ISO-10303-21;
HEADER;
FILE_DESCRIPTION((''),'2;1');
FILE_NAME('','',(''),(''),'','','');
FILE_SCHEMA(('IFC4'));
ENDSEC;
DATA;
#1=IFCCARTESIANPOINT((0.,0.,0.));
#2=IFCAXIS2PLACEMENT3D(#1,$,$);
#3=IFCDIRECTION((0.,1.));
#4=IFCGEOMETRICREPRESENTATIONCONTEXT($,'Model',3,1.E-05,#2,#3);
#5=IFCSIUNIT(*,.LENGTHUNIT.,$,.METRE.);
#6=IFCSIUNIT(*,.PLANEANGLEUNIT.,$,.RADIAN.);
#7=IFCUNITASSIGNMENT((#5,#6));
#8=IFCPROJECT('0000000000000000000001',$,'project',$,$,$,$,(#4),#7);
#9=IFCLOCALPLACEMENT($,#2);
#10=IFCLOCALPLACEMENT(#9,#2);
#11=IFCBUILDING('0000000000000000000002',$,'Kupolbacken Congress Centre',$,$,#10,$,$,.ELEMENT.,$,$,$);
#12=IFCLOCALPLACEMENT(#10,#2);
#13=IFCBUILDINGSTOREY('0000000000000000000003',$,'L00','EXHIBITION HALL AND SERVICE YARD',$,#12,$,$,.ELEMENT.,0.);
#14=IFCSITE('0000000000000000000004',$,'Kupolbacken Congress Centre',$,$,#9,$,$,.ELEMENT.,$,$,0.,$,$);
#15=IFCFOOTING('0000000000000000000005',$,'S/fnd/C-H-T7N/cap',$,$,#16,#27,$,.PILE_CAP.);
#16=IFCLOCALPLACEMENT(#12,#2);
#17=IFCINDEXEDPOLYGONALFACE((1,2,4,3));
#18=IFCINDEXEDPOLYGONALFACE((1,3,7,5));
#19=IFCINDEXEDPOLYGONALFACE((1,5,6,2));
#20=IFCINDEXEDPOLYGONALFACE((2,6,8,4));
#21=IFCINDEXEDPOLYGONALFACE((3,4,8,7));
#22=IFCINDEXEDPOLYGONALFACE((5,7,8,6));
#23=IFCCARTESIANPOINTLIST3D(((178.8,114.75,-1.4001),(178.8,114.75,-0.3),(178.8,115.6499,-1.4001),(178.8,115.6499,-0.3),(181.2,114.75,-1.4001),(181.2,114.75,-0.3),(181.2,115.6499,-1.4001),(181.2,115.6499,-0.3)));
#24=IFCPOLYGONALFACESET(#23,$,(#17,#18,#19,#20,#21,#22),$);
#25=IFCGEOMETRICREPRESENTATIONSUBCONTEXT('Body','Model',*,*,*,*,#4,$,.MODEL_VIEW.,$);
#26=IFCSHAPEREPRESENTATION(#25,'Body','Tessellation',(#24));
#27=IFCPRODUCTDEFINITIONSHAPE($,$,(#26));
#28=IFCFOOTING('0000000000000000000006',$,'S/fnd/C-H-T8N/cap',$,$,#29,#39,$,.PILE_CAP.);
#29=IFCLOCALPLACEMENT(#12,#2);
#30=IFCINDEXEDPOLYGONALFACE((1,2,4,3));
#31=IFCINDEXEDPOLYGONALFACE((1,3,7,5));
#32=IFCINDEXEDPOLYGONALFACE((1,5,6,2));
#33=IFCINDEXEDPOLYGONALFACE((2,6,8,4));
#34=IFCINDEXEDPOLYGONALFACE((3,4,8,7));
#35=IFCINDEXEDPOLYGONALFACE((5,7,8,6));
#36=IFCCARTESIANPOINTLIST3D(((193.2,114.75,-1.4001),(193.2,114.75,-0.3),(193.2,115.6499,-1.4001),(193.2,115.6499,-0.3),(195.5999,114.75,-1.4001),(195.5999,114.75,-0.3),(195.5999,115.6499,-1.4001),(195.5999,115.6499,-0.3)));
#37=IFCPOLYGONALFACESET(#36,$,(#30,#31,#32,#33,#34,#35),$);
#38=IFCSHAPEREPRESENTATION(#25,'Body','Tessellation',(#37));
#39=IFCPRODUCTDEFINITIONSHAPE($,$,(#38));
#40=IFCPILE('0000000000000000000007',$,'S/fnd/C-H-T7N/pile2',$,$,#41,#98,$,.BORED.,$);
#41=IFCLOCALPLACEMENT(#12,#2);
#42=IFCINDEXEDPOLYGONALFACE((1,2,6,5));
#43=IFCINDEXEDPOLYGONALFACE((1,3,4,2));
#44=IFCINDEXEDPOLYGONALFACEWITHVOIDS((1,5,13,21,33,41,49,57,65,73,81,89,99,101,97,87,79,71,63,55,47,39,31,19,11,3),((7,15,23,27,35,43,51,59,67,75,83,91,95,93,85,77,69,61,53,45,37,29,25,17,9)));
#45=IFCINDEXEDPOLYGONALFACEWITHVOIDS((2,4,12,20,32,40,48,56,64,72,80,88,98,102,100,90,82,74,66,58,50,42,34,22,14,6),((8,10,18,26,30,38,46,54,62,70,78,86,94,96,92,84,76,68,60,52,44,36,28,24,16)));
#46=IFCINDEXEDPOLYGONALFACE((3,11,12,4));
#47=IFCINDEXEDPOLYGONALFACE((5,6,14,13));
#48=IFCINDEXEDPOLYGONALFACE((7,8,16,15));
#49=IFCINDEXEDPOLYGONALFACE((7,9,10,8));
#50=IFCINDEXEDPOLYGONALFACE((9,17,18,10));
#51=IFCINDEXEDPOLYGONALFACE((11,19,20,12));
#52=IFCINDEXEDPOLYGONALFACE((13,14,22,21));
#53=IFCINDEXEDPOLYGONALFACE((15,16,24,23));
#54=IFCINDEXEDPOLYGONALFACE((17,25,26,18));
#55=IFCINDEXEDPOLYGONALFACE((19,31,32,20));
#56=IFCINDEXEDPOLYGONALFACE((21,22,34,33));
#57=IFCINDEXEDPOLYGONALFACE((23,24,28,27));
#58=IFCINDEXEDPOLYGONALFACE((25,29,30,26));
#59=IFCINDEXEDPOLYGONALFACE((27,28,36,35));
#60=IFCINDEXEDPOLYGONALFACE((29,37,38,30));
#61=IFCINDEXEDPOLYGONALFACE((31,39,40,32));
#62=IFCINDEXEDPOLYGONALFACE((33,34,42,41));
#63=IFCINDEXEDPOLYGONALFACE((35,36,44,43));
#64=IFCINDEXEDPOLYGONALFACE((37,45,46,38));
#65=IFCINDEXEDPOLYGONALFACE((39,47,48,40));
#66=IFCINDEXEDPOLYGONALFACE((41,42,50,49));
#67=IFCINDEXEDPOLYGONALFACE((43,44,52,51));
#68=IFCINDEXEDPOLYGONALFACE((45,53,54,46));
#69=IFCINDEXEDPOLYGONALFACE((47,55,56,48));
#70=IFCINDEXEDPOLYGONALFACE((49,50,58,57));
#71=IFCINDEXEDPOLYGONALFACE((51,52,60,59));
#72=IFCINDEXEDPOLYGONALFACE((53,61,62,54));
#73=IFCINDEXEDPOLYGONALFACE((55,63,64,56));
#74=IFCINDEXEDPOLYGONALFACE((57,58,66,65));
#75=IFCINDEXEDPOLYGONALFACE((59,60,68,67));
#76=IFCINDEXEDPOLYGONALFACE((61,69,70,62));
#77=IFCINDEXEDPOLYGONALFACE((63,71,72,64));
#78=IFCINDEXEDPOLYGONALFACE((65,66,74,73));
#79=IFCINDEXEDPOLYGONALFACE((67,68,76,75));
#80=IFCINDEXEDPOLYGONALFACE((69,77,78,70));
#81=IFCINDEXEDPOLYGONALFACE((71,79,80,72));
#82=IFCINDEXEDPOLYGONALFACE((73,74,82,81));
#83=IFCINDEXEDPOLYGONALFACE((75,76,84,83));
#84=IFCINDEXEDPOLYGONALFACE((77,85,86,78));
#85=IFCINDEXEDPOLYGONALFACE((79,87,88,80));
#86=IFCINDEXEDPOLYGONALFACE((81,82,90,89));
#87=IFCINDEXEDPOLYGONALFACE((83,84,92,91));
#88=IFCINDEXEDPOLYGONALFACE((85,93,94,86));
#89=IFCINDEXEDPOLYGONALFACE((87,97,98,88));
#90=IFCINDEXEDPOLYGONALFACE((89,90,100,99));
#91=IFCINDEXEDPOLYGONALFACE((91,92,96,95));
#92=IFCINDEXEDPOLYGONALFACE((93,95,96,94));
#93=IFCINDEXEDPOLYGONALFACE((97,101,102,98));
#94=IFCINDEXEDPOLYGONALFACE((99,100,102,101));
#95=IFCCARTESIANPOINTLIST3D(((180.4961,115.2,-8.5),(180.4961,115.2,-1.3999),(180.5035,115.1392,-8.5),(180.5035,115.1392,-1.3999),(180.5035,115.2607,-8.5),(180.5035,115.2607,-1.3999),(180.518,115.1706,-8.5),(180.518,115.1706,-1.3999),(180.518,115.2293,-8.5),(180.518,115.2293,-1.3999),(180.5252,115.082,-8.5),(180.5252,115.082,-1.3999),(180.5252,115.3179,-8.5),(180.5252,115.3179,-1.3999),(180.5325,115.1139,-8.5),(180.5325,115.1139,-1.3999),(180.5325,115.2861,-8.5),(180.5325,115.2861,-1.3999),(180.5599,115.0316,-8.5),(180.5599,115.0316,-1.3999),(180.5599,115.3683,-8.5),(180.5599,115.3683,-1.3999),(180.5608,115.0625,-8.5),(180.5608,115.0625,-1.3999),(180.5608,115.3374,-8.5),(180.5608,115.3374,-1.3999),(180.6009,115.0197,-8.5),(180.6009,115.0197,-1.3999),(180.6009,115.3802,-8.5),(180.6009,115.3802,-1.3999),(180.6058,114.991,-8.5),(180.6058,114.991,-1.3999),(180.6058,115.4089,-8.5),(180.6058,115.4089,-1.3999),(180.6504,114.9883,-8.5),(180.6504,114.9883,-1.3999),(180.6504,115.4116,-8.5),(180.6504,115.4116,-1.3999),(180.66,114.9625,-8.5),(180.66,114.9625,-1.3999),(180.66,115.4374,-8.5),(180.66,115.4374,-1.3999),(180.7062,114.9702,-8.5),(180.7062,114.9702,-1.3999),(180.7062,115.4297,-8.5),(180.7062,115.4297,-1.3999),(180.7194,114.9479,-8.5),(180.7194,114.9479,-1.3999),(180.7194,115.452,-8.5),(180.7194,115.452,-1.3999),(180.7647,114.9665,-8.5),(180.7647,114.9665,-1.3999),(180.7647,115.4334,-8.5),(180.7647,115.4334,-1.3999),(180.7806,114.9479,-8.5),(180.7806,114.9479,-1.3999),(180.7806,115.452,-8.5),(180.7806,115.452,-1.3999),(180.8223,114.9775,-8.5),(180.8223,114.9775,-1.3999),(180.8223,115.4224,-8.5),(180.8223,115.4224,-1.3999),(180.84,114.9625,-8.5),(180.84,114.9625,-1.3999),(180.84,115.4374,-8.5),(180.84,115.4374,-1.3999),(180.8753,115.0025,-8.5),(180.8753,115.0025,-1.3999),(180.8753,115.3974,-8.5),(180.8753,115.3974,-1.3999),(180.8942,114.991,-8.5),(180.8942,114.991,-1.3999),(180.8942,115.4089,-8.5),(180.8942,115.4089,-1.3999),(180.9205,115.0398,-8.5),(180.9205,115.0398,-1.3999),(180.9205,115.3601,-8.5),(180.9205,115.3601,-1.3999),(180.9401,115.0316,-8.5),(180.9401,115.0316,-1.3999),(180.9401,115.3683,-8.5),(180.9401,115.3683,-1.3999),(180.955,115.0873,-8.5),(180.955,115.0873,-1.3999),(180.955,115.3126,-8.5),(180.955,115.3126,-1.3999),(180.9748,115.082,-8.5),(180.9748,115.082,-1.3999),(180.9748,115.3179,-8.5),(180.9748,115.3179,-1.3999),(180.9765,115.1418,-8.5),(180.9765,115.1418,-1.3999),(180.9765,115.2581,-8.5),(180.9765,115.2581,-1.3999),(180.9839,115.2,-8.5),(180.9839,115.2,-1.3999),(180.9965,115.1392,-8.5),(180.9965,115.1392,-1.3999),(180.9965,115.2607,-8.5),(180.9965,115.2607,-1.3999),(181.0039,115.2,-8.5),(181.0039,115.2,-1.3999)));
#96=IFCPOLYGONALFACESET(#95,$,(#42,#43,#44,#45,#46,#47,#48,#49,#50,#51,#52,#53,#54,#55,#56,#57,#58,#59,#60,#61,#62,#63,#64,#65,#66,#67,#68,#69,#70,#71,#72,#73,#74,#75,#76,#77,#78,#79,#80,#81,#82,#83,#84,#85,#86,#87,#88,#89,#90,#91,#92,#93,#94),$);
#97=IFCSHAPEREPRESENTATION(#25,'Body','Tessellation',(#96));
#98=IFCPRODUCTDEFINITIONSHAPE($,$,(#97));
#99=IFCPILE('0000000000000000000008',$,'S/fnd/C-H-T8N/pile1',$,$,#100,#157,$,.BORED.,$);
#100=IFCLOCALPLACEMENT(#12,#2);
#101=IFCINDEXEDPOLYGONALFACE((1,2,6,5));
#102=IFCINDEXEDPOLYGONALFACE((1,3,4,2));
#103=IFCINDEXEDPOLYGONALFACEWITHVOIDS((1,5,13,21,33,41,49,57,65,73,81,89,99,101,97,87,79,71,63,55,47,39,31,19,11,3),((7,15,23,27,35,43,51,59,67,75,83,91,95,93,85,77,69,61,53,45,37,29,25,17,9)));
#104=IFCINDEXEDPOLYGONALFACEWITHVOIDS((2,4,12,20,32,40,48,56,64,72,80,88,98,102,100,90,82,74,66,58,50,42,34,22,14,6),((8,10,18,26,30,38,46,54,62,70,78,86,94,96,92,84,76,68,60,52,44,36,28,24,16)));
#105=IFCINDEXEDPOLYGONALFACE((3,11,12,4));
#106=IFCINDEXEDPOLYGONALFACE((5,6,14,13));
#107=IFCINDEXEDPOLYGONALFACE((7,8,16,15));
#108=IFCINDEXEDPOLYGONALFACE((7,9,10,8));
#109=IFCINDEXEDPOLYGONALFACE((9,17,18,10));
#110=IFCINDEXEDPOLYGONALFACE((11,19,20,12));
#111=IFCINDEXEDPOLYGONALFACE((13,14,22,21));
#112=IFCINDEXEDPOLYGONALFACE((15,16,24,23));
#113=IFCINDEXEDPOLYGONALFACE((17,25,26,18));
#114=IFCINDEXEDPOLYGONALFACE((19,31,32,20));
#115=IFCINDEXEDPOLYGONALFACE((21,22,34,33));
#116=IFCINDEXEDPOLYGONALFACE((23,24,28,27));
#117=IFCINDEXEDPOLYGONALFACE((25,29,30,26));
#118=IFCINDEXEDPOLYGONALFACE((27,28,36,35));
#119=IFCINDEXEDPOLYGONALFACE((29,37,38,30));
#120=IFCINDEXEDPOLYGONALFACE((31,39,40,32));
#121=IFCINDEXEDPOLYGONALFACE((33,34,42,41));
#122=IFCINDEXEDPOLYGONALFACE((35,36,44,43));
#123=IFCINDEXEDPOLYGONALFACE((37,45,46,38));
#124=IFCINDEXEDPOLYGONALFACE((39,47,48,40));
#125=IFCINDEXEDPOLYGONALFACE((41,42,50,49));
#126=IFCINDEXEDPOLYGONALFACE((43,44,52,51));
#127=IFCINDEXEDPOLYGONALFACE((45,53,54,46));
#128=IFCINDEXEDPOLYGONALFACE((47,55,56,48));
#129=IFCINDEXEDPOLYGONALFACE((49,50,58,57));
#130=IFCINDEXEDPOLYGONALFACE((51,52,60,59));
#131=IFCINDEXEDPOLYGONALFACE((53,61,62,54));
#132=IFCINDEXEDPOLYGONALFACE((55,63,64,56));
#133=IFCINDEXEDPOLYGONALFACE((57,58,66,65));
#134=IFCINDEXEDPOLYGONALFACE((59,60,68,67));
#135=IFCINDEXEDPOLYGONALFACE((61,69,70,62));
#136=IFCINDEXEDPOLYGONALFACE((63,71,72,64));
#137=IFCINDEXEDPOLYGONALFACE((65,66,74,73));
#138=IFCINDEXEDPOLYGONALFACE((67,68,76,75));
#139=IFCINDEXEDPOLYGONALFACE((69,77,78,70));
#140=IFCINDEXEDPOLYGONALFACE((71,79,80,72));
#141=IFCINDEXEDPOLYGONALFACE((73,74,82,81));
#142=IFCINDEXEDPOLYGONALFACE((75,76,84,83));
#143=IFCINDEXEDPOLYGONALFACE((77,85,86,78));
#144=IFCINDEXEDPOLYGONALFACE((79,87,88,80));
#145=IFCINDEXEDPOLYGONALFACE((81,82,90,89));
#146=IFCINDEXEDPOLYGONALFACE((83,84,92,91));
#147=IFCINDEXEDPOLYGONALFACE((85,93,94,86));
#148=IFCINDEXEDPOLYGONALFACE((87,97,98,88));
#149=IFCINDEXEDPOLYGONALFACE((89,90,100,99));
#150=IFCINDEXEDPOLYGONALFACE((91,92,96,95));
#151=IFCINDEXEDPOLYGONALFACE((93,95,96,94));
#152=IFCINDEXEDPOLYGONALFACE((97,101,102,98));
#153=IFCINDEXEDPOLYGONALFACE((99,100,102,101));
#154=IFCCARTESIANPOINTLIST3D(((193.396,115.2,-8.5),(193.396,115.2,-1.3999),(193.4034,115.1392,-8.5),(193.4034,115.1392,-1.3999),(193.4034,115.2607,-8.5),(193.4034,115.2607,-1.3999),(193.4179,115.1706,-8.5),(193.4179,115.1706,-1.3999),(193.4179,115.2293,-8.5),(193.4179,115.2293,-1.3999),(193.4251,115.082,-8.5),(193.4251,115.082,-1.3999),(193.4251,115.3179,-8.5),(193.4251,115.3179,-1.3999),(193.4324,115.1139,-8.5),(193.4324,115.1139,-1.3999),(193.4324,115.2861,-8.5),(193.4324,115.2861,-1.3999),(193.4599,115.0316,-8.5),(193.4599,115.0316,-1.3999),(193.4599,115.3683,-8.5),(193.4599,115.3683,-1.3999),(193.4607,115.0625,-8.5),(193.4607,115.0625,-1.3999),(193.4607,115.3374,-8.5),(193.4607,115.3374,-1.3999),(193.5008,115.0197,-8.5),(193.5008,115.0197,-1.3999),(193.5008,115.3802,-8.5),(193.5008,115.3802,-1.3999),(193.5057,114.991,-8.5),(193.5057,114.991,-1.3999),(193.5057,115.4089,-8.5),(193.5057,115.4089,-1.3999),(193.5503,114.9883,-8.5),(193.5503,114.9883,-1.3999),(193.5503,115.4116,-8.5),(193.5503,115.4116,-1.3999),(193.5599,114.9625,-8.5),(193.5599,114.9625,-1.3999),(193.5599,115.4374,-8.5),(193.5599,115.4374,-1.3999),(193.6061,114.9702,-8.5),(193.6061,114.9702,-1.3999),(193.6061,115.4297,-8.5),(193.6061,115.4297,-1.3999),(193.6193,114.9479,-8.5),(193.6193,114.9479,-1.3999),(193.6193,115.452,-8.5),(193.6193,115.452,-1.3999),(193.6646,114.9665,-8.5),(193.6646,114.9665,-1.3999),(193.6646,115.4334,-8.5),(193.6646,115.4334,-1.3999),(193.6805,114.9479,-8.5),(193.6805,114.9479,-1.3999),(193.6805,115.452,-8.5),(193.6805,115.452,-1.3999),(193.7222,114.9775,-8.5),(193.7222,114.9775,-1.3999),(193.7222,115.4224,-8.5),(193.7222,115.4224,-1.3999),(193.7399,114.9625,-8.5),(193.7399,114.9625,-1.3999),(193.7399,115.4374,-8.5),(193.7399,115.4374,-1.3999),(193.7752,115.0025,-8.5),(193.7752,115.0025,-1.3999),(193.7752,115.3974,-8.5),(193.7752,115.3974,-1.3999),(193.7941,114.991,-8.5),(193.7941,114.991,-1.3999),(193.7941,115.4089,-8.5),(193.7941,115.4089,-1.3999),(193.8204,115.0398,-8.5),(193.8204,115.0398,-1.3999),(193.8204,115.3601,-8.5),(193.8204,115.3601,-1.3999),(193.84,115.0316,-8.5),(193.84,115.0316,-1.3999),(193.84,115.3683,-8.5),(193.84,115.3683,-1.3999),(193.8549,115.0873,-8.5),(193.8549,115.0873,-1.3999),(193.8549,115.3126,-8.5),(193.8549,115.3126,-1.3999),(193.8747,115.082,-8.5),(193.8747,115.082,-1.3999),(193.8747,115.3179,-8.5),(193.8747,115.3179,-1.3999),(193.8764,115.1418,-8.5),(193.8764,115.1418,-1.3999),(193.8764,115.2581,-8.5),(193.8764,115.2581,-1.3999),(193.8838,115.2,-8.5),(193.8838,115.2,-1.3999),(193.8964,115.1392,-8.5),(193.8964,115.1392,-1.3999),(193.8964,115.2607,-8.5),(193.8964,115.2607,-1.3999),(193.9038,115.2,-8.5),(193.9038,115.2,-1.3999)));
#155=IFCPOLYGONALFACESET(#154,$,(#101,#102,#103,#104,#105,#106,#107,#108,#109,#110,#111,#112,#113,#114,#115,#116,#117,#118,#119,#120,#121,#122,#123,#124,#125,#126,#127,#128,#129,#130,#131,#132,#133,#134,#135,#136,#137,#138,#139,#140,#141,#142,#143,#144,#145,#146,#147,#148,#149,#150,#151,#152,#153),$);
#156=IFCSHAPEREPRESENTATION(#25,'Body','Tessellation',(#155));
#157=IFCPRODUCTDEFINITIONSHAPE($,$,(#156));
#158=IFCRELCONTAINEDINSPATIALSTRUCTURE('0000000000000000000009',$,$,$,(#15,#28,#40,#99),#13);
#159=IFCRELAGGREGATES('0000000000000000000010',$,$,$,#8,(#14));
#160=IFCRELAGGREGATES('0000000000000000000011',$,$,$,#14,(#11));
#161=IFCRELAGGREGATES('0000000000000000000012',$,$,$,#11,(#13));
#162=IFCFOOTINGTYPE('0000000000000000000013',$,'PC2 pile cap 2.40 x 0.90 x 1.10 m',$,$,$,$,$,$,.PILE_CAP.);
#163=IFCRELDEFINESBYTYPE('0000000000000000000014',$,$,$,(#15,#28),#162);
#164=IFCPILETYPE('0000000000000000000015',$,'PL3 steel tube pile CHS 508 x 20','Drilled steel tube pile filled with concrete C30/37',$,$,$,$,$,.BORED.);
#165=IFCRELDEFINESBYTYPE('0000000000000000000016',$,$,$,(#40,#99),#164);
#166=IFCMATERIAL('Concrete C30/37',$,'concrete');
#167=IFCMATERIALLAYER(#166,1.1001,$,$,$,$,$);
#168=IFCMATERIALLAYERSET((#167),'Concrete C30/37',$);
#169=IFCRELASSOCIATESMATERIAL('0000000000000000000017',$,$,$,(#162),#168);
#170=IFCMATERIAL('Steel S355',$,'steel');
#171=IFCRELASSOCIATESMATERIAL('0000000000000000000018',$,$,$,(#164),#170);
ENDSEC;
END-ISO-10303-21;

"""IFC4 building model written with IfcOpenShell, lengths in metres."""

from ifc_helpers import new_model, si_unit, direction, frame, origin, origin_2d, place, context, subcontext, project, spatial, rectangle, hollow_circle, extrude, material, layer, layer_set, material_profile, profile_set, type_object, element, save


model = new_model("IFC4")

# Units and contexts
model_context = context("Model", 3, precision=1e-05, world=origin(), true_north=direction((0.0, 1.0)))
body_context = subcontext(model_context, "Body", "Model", "MODEL_VIEW")
ifc_project = project(units=[si_unit("LENGTHUNIT", "METRE"), si_unit("PLANEANGLEUNIT", "RADIAN")], contexts=[model_context])

# Site, building, storey
site_placement = place(None, origin())
site = spatial("IfcSite", under=ifc_project, at=site_placement, Name="Kupolbacken Congress Centre", CompositionType="ELEMENT", RefElevation=0.0)
building_placement = place(site_placement, origin())
building = spatial("IfcBuilding", under=site, at=building_placement, Name="Kupolbacken Congress Centre", CompositionType="ELEMENT")
storey_placement = place(building_placement, origin())
storey = spatial("IfcBuildingStorey", under=building, at=storey_placement, Name="L00", Description="EXHIBITION HALL AND SERVICE YARD", CompositionType="ELEMENT", Elevation=0.0)

# Footings
ifc_material_1 = material(Name="Concrete C30/37", Category="concrete")
ifc_layer_1 = layer(ifc_material_1, 1.1001)
ifc_layer_set_1 = layer_set([ifc_layer_1], Name="Concrete C30/37")
footing_type = type_object("IfcFootingType", Name="PC2 pile cap 2.40 x 0.90 x 1.10 m", PredefinedType="PILE_CAP", material=ifc_layer_set_1)
for number, where, z_axis, x_axis, name in (
    (1, (180.0, 115.2, -1.4001), (0.0, 0.0, 1.0), (1.0, 0.0, 0.0), "S/fnd/C-H-T7N/cap"),
    (2, (194.3999, 115.2, -1.4001), (0.0, 0.0, 1.0), (1.0, 0.0, 0.0), "S/fnd/C-H-T8N/cap"),
):
    element("IfcFooting", number, at=place(storey_placement, frame(where, z_axis=z_axis, x_axis=x_axis)), inside=storey, type_object=footing_type, Name=name, PredefinedType="PILE_CAP", context=body_context, shape_type="SweptSolid", body=[
        extrude(rectangle(XDim=2.3999, YDim=0.8999, at=origin_2d()), origin(), (0.0, 0.0, 1.0), 1.1001),
    ])

# Piles
ifc_material_2 = material(Name="Steel S355", Category="steel")
ifc_material_profile_1 = material_profile(ifc_material_2, hollow_circle(Radius=0.2539, WallThickness=0.02, at=origin_2d()), Name="CHS 508 x 20")
ifc_profile_set_1 = profile_set([ifc_material_profile_1], Name="Steel S355")
pile_type = type_object("IfcPileType", Name="PL3 steel tube pile CHS 508 x 20", Description="Drilled steel tube pile filled with concrete C30/37", PredefinedType="BORED", material=ifc_profile_set_1)
for number, where, z_axis, x_axis, name in (
    (3, (180.75, 115.2, -1.3999), (0.0, 0.0, -1.0), (1.0, 0.0, 0.0), "S/fnd/C-H-T7N/pile2"),
    (4, (193.6499, 115.2, -1.3999), (0.0, 0.0, -1.0), (1.0, 0.0, 0.0), "S/fnd/C-H-T8N/pile1"),
):
    element("IfcPile", number, at=place(storey_placement, frame(where, z_axis=z_axis, x_axis=x_axis)), inside=storey, type_object=pile_type, Name=name, PredefinedType="BORED", context=body_context, shape_type="SweptSolid", body=[
        extrude(hollow_circle(Radius=0.2539, WallThickness=0.02, at=origin_2d()), origin(), (0.0, 0.0, 1.0), 7.1001),
    ])

save(model, "model.ifc")
